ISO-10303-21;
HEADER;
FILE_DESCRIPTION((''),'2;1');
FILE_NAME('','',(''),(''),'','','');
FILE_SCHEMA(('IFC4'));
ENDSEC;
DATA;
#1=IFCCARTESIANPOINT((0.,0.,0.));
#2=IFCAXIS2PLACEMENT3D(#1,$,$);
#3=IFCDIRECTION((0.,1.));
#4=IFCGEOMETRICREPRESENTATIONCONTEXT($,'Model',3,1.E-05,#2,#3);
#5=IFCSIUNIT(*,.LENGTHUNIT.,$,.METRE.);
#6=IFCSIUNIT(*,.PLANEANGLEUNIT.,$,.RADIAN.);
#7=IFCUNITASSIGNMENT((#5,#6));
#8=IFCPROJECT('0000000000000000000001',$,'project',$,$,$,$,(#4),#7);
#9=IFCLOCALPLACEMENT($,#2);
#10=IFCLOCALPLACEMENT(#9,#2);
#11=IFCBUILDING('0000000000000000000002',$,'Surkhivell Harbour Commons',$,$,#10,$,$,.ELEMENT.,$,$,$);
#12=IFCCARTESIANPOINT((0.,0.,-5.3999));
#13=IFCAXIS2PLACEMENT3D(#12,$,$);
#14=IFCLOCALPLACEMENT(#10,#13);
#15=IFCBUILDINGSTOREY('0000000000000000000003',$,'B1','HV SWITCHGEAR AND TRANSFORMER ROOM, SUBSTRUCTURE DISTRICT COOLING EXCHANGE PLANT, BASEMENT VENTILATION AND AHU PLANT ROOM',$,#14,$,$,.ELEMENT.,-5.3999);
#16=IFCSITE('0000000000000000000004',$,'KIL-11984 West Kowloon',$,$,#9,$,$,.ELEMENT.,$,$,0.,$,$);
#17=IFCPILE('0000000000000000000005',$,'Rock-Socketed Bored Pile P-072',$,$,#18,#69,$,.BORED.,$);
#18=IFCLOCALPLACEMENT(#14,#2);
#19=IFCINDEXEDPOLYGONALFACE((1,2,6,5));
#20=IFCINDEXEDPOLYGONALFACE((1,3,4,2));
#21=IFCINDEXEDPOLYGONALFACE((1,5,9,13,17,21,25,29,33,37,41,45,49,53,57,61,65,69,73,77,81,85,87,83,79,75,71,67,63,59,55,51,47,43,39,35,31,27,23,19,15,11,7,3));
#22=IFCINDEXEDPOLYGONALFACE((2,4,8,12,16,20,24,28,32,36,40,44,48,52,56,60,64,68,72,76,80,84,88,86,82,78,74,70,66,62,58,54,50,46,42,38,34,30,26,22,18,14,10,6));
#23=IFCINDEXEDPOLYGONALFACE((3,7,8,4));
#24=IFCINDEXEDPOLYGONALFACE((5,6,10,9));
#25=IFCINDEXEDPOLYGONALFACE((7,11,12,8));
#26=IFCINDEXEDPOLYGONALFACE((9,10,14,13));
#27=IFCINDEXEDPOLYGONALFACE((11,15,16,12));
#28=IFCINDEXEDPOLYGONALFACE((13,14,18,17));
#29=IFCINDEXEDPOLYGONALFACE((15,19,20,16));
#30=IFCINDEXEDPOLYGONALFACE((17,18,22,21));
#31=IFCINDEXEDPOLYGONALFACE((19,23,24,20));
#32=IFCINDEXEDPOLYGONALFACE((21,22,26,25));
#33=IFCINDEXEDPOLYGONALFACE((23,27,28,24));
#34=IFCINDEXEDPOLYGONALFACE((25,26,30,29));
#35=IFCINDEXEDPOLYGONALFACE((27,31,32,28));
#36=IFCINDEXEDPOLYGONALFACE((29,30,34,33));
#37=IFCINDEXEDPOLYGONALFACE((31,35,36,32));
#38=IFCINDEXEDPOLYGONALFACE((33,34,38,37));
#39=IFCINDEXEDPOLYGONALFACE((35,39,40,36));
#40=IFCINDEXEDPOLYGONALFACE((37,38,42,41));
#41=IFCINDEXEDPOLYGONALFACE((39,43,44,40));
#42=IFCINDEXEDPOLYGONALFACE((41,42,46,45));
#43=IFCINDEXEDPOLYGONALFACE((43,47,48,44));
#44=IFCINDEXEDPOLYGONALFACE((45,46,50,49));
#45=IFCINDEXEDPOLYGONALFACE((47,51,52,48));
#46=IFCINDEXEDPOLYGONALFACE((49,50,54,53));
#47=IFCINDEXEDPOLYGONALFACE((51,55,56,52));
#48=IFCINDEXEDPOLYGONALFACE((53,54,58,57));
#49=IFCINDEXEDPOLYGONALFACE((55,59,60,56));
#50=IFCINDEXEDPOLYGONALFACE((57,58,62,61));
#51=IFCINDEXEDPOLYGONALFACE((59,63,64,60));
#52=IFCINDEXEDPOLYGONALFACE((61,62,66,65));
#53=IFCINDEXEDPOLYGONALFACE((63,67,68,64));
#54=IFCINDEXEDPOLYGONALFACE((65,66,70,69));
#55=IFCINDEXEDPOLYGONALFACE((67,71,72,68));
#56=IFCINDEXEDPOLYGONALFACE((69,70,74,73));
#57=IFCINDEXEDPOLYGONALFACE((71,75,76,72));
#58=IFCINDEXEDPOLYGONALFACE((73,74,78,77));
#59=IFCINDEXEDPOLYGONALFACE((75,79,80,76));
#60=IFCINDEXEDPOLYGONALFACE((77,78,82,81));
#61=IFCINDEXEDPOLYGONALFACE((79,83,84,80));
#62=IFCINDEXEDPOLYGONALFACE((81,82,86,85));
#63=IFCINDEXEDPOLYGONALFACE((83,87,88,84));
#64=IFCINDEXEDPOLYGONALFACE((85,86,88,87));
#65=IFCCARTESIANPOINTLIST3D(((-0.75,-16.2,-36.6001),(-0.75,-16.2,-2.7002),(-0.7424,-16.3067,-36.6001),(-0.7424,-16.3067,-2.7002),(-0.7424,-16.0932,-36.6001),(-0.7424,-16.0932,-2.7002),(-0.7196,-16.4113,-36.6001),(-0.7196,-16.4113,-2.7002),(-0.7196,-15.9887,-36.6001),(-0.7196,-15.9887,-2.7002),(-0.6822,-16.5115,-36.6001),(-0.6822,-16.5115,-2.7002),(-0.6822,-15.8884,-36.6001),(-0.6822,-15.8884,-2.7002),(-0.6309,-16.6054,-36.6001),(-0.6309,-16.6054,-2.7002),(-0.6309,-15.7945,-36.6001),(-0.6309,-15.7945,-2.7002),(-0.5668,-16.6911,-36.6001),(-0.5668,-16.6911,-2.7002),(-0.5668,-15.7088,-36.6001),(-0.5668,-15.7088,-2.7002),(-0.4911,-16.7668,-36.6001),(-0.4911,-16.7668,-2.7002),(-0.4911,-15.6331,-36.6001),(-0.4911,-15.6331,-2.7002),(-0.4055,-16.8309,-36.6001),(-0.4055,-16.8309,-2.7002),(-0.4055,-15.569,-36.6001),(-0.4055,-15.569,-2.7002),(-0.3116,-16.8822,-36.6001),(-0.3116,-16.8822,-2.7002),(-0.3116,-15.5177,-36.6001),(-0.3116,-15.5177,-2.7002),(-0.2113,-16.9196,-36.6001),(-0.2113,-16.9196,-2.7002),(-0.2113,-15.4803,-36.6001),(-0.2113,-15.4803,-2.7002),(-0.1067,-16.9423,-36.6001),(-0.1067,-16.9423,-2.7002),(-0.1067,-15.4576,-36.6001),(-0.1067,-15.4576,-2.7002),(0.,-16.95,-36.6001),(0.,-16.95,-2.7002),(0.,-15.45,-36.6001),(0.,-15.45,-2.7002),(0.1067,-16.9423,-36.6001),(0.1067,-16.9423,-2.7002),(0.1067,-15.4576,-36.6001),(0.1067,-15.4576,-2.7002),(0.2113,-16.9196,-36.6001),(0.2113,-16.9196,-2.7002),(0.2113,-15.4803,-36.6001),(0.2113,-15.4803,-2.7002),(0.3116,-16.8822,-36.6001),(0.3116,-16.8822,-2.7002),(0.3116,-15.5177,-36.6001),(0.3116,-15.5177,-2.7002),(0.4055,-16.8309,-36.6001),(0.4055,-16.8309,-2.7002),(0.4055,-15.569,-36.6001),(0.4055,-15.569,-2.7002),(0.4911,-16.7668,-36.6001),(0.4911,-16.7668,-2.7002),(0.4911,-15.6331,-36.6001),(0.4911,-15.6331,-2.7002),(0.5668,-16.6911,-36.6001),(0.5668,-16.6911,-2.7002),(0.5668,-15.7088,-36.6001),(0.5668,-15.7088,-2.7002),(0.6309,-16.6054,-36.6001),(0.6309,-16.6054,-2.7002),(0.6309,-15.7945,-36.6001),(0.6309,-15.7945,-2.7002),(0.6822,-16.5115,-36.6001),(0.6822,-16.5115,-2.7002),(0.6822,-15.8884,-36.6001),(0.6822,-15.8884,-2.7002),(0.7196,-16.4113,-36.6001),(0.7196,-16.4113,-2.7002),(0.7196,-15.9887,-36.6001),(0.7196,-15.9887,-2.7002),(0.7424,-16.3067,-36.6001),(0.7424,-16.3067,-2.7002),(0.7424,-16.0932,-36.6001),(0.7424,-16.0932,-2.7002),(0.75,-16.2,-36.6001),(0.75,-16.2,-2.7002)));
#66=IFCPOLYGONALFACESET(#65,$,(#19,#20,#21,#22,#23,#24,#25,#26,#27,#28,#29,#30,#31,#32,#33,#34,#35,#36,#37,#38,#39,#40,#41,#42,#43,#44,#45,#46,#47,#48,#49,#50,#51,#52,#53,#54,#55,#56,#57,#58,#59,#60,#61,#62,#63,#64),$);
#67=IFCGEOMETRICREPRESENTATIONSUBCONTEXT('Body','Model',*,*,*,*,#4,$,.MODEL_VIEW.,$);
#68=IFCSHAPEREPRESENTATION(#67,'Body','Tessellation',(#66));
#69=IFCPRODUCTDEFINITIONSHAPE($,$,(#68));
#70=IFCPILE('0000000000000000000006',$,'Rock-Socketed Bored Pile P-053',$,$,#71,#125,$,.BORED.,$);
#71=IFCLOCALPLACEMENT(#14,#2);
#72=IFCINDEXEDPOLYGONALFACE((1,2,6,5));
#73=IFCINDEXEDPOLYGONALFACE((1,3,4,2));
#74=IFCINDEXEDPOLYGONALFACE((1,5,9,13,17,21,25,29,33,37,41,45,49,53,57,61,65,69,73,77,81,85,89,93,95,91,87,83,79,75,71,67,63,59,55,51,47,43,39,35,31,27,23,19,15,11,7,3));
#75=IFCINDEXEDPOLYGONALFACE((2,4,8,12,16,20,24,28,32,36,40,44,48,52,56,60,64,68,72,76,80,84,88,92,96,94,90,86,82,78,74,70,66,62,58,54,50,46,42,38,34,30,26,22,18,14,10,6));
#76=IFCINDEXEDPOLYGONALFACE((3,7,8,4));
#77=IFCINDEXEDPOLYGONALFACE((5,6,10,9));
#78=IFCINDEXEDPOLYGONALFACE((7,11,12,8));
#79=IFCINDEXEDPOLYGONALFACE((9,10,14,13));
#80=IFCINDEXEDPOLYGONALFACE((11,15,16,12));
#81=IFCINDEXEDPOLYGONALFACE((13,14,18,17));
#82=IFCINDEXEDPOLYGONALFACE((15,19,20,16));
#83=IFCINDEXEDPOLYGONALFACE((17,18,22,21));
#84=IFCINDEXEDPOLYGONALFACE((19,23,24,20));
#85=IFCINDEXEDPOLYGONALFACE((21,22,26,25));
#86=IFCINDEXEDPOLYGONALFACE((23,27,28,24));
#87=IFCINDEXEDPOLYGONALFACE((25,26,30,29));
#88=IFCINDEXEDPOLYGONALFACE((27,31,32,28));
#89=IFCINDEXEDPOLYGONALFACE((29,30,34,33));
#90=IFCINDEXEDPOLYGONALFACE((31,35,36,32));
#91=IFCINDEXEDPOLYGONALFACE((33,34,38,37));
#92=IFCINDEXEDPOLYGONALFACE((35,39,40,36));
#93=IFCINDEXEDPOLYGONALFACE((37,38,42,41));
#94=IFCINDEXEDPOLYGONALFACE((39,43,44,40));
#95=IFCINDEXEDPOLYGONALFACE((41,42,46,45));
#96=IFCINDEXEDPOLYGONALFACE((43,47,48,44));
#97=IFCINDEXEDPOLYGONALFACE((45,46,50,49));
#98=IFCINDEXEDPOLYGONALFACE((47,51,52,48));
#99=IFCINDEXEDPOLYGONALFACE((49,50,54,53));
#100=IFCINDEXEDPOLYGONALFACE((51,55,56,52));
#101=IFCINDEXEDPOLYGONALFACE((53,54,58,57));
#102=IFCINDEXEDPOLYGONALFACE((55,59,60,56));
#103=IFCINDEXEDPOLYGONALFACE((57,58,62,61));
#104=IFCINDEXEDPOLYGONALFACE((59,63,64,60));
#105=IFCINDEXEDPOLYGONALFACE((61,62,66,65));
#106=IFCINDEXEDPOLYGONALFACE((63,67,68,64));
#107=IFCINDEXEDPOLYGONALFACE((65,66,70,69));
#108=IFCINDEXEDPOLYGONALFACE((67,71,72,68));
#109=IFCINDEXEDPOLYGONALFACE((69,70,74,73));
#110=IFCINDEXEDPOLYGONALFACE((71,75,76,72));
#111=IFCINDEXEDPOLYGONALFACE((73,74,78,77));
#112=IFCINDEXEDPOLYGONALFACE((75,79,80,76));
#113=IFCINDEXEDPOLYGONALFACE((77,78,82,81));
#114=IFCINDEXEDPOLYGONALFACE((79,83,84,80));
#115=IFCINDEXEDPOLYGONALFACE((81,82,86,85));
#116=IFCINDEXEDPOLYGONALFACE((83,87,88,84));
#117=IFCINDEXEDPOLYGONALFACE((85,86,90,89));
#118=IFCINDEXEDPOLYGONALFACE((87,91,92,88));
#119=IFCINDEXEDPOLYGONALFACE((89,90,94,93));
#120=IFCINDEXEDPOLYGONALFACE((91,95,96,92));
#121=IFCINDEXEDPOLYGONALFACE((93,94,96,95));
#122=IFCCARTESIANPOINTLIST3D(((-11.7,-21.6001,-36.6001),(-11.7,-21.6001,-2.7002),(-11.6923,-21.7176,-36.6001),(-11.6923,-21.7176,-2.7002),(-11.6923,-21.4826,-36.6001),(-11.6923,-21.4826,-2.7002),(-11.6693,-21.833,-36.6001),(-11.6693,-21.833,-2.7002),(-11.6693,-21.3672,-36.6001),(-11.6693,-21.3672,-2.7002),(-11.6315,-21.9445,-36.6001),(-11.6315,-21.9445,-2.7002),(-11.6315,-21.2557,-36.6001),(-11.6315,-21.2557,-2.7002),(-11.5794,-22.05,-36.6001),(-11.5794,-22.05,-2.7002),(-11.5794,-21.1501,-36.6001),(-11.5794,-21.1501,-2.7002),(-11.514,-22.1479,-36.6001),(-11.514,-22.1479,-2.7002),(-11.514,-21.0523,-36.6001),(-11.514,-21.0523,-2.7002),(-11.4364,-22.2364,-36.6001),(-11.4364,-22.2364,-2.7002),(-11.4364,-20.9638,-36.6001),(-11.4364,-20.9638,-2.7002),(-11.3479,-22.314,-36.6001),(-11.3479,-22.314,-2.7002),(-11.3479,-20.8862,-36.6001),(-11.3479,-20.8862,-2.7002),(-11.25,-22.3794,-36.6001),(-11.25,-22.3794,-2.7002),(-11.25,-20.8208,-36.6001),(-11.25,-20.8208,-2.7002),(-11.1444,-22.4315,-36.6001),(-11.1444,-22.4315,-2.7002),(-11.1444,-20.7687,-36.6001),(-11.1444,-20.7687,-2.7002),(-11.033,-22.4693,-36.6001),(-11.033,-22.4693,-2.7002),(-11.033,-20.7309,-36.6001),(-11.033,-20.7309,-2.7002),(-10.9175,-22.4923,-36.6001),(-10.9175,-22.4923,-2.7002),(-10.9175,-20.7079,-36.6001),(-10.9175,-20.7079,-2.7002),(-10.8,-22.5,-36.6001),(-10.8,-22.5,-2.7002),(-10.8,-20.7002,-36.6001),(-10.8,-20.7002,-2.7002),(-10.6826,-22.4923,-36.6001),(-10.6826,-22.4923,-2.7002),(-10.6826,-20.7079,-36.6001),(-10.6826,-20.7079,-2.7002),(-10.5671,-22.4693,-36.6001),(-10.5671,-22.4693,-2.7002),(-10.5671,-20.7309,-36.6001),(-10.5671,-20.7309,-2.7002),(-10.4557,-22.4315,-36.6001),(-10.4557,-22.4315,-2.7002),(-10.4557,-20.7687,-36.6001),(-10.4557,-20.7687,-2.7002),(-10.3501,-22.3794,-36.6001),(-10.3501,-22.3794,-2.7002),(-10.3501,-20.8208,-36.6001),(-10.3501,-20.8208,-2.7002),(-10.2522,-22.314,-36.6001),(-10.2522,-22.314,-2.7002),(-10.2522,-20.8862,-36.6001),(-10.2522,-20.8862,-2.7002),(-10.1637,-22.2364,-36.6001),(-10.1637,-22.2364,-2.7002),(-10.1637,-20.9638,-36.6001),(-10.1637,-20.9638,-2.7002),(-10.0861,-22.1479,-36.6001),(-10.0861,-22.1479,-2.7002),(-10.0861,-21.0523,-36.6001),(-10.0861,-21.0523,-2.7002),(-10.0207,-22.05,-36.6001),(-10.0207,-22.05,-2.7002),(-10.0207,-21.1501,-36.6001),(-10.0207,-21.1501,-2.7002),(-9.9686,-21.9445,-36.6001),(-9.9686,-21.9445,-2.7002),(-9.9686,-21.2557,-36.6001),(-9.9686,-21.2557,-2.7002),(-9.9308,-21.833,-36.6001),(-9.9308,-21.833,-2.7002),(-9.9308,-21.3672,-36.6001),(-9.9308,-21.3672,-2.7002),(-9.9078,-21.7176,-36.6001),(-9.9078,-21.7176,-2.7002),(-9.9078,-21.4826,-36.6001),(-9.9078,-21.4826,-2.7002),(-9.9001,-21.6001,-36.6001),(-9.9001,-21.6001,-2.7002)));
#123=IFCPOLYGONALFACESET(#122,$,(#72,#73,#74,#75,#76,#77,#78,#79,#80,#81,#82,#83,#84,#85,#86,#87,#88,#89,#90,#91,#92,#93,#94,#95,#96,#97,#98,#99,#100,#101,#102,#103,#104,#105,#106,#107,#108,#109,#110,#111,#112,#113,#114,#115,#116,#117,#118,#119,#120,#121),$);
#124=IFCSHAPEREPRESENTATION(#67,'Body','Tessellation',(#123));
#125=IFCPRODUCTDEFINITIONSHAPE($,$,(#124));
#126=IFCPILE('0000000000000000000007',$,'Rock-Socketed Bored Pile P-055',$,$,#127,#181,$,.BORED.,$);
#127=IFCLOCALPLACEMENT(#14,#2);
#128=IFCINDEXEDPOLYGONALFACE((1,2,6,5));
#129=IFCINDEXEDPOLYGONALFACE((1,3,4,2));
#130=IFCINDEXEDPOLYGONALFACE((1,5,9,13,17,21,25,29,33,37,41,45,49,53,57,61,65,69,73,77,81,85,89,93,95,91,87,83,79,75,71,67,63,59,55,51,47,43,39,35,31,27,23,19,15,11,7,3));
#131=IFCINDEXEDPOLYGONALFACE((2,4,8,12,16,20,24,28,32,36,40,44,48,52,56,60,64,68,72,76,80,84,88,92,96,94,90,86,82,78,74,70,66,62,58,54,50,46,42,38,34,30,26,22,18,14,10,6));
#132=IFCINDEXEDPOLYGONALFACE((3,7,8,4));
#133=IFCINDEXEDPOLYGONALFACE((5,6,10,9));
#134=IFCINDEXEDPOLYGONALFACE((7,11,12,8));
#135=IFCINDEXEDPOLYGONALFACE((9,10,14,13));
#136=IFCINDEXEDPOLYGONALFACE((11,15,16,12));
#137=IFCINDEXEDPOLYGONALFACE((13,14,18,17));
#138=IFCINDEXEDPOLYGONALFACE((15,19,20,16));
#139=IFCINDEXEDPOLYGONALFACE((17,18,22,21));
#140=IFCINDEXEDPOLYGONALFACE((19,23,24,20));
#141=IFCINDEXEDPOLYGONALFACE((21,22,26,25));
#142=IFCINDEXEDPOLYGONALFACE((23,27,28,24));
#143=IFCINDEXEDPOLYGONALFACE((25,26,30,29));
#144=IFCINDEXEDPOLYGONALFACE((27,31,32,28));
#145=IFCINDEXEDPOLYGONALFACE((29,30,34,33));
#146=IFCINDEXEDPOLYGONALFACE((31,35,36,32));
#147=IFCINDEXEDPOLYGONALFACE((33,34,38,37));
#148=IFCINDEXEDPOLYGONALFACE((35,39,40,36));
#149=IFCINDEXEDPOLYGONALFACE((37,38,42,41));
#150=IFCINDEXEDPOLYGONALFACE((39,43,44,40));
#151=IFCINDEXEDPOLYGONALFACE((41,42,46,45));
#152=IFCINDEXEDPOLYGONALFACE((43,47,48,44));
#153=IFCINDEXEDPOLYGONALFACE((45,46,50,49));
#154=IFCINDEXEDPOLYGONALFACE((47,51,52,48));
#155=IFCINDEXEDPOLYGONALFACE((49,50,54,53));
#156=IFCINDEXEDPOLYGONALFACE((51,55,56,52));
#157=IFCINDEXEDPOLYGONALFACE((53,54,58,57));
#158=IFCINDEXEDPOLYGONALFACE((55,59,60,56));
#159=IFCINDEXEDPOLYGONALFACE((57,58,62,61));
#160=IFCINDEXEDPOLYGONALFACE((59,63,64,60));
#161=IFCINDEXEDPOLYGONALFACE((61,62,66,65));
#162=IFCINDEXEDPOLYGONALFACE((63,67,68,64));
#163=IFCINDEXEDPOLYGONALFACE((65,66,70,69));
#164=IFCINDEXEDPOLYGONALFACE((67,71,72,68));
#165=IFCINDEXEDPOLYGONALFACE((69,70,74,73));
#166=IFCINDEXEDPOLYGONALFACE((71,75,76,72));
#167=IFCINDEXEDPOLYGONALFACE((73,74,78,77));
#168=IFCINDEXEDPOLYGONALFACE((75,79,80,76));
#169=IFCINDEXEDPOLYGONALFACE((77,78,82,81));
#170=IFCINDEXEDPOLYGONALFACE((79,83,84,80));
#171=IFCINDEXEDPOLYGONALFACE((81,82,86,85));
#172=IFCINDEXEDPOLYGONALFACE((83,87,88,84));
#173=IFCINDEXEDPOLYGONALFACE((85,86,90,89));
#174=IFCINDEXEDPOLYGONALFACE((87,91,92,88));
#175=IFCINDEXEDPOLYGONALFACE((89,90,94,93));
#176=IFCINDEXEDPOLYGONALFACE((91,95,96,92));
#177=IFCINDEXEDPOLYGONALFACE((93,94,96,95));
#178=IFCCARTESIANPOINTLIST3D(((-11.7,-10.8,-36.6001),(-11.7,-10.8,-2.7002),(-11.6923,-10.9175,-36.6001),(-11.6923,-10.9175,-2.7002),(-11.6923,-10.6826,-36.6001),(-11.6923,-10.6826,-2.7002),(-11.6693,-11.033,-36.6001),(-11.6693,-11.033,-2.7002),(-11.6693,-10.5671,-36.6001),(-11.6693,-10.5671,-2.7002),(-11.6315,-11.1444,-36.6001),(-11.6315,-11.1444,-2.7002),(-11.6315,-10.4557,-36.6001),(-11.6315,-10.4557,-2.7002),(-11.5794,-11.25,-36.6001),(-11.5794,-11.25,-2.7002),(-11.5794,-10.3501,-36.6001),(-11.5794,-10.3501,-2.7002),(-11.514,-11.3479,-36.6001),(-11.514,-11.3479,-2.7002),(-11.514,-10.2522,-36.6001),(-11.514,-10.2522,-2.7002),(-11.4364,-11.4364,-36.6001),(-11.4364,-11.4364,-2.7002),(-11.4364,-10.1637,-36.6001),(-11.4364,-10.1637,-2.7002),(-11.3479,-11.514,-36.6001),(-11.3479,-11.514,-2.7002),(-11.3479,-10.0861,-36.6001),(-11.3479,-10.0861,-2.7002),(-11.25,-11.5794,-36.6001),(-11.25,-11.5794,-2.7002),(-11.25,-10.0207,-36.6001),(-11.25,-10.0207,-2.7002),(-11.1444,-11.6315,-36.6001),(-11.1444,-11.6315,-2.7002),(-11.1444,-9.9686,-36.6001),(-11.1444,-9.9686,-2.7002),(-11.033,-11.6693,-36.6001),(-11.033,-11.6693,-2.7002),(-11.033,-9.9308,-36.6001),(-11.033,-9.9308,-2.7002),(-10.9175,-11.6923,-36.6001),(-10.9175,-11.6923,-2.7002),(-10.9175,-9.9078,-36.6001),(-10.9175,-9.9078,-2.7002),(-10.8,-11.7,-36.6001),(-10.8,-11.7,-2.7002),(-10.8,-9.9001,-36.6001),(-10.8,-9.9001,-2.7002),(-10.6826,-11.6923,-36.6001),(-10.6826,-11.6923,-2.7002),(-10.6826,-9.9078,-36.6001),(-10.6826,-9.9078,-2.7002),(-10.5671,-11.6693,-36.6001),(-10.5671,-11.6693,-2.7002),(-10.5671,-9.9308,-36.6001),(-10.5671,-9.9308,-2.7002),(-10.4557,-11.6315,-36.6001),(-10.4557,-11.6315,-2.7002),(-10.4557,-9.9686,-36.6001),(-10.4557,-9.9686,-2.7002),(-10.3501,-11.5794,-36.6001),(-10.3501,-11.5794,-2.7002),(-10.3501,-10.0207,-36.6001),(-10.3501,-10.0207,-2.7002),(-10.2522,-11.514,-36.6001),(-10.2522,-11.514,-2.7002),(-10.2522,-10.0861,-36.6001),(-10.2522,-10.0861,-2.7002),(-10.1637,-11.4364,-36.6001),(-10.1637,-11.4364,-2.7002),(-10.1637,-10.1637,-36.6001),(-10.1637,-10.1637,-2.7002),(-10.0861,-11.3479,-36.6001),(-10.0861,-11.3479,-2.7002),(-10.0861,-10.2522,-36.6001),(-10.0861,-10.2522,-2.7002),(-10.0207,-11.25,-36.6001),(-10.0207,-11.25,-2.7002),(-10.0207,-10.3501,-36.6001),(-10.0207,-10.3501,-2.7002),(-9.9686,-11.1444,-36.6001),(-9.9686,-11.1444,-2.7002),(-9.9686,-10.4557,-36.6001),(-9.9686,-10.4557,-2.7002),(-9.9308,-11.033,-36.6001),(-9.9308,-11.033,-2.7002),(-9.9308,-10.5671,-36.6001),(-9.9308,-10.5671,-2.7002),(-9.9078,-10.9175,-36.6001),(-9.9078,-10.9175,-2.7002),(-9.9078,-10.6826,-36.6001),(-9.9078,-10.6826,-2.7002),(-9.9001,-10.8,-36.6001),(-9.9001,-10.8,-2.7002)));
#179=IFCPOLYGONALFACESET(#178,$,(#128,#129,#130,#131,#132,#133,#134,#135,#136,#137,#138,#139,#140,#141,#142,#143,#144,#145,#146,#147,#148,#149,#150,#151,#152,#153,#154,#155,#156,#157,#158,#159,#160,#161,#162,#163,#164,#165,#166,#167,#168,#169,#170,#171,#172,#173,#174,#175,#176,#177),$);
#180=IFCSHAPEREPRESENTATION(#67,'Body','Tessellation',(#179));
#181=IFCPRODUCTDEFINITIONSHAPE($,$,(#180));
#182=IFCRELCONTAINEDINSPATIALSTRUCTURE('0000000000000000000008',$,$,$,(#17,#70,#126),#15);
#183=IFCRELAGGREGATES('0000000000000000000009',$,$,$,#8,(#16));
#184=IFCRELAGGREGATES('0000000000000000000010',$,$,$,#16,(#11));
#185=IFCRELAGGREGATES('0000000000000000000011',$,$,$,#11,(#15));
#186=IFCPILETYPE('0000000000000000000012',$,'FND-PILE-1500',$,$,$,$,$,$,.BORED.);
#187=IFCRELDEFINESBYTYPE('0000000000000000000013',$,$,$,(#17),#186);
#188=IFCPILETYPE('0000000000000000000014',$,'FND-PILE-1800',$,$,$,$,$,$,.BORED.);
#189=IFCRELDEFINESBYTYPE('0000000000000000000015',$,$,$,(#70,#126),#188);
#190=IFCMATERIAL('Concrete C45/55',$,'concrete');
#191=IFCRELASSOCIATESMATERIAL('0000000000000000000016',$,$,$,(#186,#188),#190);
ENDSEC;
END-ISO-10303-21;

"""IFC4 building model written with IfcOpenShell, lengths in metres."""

from ifc_helpers import new_model, si_unit, direction, frame, origin, origin_2d, place, context, subcontext, project, spatial, circle, extrude, material, material_profile, profile_set, type_object, element, save


model = new_model("IFC4")

# Units and contexts
model_context = context("Model", 3, precision=1e-05, world=origin(), true_north=direction((0.0, 1.0)))
body_context = subcontext(model_context, "Body", "Model", "MODEL_VIEW")
ifc_project = project(units=[si_unit("LENGTHUNIT", "METRE"), si_unit("PLANEANGLEUNIT", "RADIAN")], contexts=[model_context])

# Site, building, storey
site_placement = place(None, origin())
site = spatial("IfcSite", under=ifc_project, at=site_placement, Name="KIL-11984 West Kowloon", CompositionType="ELEMENT", RefElevation=0.0)
building_placement = place(site_placement, origin())
building = spatial("IfcBuilding", under=site, at=building_placement, Name="Surkhivell Harbour Commons", CompositionType="ELEMENT")
storey_placement = place(building_placement, frame((0.0, 0.0, -5.3999)))
storey = spatial("IfcBuildingStorey", under=building, at=storey_placement, Name="B1", Description="HV SWITCHGEAR AND TRANSFORMER ROOM, SUBSTRUCTURE DISTRICT COOLING EXCHANGE PLANT, BASEMENT VENTILATION AND AHU PLANT ROOM", CompositionType="ELEMENT", Elevation=-5.3999)

# Piles
ifc_material_1 = material(Name="Concrete C45/55", Category="concrete")
ifc_material_profile_1 = material_profile(ifc_material_1, circle(Radius=0.75, at=origin_2d()), Name="PILE-1500")
ifc_profile_set_1 = profile_set([ifc_material_profile_1], Name="Concrete C45/55")
pile_type_1 = type_object("IfcPileType", Name="FND-PILE-1500", PredefinedType="BORED", material=ifc_profile_set_1)
for number, where, z_axis, x_axis, name in (
    (1, (0.0, -16.2, -2.7002), (0.0, 0.0, -1.0), (1.0, 0.0, 0.0), "Rock-Socketed Bored Pile P-072"),
):
    element("IfcPile", number, at=place(storey_placement, frame(where, z_axis=z_axis, x_axis=x_axis)), inside=storey, type_object=pile_type_1, Name=name, PredefinedType="BORED", context=body_context, shape_type="SweptSolid", body=[
        extrude(circle(Radius=0.75, at=origin_2d()), origin(), (0.0, 0.0, 1.0), 33.8999),
    ])
ifc_material_profile_2 = material_profile(ifc_material_1, circle(Radius=0.8999, at=origin_2d()), Name="PILE-1800")
ifc_profile_set_2 = profile_set([ifc_material_profile_2], Name="Concrete C45/55")
pile_type_2 = type_object("IfcPileType", Name="FND-PILE-1800", PredefinedType="BORED", material=ifc_profile_set_2)
for number, where, z_axis, x_axis, name in (
    (2, (-10.8, -21.6001, -2.7002), (0.0, 0.0, -1.0), (1.0, 0.0, 0.0), "Rock-Socketed Bored Pile P-053"),
    (3, (-10.8, -10.8, -2.7002), (0.0, 0.0, -1.0), (1.0, 0.0, 0.0), "Rock-Socketed Bored Pile P-055"),
):
    element("IfcPile", number, at=place(storey_placement, frame(where, z_axis=z_axis, x_axis=x_axis)), inside=storey, type_object=pile_type_2, Name=name, PredefinedType="BORED", context=body_context, shape_type="SweptSolid", body=[
        extrude(circle(Radius=0.8999, at=origin_2d()), origin(), (0.0, 0.0, 1.0), 33.8999),
    ])

save(model, "model.ifc")
